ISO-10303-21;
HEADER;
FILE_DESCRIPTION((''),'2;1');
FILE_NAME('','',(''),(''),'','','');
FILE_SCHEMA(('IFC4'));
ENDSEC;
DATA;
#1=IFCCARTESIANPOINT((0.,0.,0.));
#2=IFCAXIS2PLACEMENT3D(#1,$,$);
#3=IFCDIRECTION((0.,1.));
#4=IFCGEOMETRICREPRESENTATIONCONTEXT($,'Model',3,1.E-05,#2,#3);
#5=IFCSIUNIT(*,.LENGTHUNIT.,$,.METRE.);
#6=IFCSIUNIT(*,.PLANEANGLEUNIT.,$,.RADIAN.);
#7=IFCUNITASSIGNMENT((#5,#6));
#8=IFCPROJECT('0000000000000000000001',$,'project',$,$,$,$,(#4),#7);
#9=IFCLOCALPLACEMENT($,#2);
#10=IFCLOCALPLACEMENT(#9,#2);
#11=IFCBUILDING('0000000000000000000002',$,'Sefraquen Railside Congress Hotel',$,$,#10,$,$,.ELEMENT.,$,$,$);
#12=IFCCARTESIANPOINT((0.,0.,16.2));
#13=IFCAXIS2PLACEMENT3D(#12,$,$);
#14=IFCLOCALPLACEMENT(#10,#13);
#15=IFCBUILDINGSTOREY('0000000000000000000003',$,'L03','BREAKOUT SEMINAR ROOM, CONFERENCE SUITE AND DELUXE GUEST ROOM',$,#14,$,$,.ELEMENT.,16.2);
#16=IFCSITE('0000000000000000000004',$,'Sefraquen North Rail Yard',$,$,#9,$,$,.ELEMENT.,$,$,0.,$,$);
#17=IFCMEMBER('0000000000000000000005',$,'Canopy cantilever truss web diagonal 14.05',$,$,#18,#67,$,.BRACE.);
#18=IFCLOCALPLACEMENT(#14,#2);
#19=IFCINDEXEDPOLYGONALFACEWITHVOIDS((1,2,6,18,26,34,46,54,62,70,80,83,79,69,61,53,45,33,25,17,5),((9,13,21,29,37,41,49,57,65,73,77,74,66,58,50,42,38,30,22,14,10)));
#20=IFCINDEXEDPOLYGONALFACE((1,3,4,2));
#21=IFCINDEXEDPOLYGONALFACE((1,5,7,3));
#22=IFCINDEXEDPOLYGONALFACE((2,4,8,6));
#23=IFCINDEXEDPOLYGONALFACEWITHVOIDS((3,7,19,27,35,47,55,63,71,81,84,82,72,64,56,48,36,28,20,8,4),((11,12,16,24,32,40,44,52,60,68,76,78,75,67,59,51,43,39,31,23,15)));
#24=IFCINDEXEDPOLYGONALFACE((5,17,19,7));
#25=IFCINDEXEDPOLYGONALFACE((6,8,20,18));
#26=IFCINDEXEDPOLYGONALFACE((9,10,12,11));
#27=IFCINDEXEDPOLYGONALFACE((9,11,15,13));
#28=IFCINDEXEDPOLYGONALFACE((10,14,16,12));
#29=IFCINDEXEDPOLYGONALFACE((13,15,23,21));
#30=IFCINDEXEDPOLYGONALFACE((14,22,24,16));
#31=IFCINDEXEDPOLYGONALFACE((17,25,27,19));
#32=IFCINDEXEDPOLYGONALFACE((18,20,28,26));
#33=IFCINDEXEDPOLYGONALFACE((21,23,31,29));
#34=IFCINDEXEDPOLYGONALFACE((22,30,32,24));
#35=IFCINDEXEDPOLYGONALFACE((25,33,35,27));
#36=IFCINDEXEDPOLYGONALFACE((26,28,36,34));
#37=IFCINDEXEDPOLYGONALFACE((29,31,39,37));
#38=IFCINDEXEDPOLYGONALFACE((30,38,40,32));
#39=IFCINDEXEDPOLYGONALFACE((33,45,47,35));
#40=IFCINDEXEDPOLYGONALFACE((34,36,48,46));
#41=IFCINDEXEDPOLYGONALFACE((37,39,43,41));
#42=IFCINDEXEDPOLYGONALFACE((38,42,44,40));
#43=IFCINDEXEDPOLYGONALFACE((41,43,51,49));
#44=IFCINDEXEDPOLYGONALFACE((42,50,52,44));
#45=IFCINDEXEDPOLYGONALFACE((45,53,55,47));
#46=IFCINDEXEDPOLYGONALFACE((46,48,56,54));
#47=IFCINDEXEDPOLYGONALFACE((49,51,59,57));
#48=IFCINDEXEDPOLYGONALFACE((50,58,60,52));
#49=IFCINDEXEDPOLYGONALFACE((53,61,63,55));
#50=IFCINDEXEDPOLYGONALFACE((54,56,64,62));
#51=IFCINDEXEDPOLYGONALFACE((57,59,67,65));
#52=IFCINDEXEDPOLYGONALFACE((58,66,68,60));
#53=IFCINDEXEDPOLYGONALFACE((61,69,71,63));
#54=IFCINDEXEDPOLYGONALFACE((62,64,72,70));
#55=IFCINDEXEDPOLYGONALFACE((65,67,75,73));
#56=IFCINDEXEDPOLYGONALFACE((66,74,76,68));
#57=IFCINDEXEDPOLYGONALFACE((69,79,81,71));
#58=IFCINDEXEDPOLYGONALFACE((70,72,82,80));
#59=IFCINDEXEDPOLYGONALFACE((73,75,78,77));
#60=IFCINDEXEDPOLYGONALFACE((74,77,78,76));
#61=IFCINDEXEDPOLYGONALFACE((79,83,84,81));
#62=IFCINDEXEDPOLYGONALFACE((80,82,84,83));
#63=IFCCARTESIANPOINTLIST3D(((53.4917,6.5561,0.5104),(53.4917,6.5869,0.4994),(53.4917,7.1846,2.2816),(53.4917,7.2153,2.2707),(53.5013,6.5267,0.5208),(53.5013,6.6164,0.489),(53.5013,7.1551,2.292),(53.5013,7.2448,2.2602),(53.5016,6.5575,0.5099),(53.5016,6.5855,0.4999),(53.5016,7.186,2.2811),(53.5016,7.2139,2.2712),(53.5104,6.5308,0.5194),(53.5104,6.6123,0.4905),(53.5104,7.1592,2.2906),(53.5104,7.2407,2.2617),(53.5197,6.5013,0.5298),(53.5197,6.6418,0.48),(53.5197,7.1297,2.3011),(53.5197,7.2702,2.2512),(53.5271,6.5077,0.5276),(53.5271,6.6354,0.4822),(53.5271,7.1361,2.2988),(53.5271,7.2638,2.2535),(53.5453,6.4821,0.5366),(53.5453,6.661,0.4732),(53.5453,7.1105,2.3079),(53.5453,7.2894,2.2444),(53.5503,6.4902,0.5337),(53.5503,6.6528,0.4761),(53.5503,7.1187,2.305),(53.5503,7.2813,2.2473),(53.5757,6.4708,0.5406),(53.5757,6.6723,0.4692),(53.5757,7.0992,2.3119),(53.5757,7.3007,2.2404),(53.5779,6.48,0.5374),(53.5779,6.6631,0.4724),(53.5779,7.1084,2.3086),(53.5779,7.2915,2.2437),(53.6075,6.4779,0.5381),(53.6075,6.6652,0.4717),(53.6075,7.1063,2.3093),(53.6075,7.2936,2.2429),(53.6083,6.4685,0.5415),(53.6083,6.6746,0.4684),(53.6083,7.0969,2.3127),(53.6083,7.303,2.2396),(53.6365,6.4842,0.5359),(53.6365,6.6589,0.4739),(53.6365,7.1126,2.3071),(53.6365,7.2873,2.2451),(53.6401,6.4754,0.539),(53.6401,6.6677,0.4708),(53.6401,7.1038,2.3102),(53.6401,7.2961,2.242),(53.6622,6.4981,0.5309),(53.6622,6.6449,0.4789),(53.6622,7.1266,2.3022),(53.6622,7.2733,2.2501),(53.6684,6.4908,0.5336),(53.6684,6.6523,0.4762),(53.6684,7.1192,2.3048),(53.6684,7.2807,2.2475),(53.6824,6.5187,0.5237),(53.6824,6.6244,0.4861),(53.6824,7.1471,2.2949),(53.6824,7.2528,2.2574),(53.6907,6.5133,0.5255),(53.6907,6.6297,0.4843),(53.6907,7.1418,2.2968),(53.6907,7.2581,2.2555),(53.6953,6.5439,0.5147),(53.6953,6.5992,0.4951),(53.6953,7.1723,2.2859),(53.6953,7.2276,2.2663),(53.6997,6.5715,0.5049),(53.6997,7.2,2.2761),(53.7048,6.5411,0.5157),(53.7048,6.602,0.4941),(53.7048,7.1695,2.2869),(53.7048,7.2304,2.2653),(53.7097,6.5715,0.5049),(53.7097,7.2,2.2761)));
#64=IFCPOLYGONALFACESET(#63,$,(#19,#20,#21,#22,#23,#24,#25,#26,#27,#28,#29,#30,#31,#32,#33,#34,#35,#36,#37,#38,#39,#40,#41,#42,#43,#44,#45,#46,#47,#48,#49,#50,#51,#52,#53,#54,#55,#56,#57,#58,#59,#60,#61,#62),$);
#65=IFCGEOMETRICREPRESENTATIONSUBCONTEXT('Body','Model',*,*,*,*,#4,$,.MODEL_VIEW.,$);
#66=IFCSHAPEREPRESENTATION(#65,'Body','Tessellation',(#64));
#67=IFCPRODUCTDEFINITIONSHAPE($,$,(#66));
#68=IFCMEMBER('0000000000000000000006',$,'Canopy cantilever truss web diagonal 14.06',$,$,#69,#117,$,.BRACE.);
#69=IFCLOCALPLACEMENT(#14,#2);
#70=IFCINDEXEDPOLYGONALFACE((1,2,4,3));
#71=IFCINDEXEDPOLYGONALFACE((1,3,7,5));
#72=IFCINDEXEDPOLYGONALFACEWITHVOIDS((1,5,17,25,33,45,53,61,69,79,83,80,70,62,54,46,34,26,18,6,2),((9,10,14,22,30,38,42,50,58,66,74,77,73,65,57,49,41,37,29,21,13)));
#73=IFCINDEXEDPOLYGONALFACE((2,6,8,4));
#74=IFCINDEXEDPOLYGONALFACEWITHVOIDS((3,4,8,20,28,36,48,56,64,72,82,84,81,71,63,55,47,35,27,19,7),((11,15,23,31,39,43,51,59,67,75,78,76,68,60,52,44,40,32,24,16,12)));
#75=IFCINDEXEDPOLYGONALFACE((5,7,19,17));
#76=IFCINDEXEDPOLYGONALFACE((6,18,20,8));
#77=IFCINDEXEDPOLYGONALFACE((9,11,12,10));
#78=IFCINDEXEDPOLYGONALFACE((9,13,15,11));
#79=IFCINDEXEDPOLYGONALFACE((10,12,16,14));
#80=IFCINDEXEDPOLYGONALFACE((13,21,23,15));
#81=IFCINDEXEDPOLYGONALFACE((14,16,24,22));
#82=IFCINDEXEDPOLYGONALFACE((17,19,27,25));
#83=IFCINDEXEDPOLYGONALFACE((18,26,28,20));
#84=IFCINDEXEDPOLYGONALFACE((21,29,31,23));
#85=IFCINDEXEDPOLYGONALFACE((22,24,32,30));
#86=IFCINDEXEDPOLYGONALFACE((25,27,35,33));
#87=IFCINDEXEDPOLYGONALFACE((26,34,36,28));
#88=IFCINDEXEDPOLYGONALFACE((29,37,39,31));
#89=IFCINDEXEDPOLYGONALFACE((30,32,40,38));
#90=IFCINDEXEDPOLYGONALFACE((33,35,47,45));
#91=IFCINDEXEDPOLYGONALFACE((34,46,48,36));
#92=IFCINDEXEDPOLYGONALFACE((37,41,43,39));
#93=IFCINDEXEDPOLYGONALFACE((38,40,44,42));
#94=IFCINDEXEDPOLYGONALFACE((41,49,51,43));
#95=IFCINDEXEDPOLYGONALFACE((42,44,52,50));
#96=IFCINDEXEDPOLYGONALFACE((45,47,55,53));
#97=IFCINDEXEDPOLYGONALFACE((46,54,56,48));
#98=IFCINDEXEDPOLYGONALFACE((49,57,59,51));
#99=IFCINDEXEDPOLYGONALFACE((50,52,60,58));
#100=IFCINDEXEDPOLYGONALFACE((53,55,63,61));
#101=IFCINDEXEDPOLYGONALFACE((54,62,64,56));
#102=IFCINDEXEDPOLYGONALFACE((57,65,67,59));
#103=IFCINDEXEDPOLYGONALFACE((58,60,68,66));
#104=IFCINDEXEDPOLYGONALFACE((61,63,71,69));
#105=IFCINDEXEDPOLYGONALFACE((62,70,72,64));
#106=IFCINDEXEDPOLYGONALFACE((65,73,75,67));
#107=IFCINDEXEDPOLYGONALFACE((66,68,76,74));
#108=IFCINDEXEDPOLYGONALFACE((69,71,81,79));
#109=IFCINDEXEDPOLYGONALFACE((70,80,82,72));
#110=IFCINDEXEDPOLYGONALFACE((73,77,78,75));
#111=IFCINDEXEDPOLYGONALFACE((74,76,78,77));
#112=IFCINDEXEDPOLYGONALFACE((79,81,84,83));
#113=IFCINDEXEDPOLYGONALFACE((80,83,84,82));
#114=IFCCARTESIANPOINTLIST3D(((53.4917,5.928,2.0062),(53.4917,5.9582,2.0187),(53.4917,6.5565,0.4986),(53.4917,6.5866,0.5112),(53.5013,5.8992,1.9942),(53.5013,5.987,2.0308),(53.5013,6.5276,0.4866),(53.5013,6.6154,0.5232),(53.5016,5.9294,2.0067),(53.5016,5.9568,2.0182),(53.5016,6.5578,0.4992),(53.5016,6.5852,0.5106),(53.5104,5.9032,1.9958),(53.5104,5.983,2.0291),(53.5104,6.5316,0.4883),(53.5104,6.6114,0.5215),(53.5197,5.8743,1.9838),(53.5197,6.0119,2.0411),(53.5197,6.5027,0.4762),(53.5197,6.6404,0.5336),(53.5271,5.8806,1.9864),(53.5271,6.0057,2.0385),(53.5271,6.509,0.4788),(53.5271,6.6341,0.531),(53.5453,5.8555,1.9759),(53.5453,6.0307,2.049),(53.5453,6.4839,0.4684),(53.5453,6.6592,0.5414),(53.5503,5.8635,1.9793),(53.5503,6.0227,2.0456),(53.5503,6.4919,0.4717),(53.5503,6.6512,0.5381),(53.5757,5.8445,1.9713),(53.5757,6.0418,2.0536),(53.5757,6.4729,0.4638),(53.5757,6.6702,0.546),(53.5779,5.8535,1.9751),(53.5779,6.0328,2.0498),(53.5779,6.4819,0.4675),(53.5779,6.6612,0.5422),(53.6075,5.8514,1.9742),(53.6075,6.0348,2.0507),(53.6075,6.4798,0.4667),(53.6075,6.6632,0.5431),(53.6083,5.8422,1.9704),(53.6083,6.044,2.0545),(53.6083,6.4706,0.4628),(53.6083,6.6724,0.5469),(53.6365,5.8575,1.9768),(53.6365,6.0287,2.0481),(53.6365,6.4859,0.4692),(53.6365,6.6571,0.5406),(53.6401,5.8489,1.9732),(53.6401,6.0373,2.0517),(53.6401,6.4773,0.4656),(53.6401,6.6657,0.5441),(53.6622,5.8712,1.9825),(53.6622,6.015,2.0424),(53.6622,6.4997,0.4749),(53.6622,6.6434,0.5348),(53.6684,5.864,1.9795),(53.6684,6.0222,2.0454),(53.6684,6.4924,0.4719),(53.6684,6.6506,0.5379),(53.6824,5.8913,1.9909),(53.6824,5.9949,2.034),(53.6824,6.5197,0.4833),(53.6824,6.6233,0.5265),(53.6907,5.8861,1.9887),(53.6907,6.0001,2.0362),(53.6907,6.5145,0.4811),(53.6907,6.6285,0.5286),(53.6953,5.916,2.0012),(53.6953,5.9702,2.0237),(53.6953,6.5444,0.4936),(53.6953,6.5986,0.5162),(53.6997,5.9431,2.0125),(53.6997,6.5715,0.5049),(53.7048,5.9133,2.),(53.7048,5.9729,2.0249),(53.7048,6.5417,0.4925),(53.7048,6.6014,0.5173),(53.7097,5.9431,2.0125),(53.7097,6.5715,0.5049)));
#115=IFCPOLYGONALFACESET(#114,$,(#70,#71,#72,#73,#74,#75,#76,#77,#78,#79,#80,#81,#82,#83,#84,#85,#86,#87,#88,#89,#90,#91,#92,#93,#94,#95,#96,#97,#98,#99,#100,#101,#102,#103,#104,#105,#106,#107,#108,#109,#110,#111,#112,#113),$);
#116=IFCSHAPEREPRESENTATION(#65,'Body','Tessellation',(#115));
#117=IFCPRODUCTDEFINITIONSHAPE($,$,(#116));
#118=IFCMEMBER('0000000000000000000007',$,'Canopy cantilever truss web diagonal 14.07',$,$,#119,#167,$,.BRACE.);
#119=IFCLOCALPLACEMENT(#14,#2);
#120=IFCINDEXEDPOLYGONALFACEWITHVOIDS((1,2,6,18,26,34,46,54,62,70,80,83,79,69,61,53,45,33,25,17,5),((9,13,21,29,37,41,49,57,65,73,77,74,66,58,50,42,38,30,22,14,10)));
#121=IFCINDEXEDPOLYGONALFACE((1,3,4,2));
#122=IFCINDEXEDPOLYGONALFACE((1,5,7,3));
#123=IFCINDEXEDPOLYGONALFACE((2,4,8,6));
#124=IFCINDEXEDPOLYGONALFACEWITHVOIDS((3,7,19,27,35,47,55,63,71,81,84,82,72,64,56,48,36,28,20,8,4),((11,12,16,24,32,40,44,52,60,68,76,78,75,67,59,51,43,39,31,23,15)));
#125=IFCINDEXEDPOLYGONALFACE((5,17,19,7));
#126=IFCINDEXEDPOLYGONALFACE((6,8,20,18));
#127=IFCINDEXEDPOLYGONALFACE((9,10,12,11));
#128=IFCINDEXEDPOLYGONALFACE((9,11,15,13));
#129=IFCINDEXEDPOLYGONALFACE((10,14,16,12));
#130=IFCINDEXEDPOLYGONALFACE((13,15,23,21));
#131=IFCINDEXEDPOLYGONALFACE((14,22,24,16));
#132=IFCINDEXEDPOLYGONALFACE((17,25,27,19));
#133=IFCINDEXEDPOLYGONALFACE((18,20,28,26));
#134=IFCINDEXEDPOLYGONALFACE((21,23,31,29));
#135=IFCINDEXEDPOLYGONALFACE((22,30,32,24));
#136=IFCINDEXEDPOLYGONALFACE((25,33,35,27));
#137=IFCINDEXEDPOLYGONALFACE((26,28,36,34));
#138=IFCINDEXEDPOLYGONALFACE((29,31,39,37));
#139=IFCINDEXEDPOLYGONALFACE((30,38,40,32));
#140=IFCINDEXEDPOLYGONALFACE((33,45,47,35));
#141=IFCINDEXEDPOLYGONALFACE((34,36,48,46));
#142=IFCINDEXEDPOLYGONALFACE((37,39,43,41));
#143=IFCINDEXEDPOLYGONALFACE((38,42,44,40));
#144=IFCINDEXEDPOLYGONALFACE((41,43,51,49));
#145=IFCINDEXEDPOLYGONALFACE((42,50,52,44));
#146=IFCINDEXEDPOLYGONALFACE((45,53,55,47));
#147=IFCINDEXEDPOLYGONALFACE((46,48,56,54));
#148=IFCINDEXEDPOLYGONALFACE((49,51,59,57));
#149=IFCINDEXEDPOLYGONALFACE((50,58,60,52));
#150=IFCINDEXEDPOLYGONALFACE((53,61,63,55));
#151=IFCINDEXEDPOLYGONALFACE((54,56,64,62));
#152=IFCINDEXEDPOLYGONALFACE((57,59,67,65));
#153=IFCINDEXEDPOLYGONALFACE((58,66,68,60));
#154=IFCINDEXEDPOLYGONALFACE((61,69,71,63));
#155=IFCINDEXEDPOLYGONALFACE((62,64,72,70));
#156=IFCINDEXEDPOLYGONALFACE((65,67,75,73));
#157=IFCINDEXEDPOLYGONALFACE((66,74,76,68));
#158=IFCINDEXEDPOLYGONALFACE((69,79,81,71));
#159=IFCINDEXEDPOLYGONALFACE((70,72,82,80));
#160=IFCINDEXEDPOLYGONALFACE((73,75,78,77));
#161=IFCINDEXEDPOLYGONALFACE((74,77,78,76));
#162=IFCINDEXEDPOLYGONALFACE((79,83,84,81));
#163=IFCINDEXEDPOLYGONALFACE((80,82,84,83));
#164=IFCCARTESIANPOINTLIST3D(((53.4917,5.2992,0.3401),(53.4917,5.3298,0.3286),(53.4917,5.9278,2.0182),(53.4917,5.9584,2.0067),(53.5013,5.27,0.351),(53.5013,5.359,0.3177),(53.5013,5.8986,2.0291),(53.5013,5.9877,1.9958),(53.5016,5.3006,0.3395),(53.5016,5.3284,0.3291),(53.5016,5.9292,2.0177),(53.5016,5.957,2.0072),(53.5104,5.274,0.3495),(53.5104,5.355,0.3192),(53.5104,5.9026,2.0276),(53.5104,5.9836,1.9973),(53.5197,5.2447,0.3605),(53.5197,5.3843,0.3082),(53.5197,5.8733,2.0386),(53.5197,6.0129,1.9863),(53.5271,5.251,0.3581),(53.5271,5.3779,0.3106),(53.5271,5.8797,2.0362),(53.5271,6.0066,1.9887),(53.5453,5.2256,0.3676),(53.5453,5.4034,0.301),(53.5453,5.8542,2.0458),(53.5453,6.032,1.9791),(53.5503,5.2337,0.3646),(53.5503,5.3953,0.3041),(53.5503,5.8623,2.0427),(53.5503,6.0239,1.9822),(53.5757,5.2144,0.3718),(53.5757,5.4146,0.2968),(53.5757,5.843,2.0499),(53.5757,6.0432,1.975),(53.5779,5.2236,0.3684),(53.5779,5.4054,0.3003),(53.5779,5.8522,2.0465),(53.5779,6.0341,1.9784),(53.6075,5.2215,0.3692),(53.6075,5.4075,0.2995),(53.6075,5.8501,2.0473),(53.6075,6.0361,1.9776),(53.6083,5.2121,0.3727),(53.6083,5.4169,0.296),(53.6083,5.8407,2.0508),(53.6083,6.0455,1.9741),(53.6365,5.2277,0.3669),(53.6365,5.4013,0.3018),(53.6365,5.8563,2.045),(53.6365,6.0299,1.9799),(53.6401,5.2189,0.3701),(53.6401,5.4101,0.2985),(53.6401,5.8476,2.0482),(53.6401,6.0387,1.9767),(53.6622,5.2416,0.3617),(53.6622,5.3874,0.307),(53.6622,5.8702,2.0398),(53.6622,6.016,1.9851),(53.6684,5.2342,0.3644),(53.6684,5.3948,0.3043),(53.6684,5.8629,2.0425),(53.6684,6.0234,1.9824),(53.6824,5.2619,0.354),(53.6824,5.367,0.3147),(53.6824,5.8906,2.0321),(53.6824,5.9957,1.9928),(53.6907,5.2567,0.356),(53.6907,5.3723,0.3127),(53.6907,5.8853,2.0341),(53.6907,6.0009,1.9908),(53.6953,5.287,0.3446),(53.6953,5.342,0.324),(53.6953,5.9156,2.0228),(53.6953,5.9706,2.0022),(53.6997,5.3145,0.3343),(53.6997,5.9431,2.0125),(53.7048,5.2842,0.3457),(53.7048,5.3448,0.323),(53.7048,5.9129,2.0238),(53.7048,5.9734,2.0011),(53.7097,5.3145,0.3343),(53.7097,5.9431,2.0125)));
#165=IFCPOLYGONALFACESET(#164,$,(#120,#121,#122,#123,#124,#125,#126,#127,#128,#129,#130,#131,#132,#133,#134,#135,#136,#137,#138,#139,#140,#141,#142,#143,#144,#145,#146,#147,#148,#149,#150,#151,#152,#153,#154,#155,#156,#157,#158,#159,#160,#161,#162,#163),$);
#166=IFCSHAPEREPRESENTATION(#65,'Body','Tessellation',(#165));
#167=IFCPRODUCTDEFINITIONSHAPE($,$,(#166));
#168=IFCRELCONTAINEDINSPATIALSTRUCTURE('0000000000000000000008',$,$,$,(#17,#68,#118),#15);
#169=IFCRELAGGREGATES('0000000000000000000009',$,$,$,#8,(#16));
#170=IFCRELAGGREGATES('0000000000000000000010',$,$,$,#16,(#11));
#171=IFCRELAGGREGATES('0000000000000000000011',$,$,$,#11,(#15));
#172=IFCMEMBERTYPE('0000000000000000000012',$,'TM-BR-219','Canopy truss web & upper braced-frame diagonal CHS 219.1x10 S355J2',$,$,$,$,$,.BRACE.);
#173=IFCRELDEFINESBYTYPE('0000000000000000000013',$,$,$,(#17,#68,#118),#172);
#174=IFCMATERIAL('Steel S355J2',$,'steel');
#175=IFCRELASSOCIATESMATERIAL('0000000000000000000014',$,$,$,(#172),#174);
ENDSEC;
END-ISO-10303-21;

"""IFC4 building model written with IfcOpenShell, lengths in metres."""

from ifc_helpers import new_model, si_unit, direction, frame, origin, origin_2d, place, context, subcontext, project, spatial, hollow_circle, extrude, material, material_profile, profile_set, type_object, element, save


model = new_model("IFC4")

# Units and contexts
model_context = context("Model", 3, precision=1e-05, world=origin(), true_north=direction((0.0, 1.0)))
body_context = subcontext(model_context, "Body", "Model", "MODEL_VIEW")
ifc_project = project(units=[si_unit("LENGTHUNIT", "METRE"), si_unit("PLANEANGLEUNIT", "RADIAN")], contexts=[model_context])

# Site, building, storey
site_placement = place(None, origin())
site = spatial("IfcSite", under=ifc_project, at=site_placement, Name="Sefraquen North Rail Yard", CompositionType="ELEMENT", RefElevation=0.0)
building_placement = place(site_placement, origin())
building = spatial("IfcBuilding", under=site, at=building_placement, Name="Sefraquen Railside Congress Hotel", CompositionType="ELEMENT")
storey_placement = place(building_placement, frame((0.0, 0.0, 16.2)))
storey = spatial("IfcBuildingStorey", under=building, at=storey_placement, Name="L03", Description="BREAKOUT SEMINAR ROOM, CONFERENCE SUITE AND DELUXE GUEST ROOM", CompositionType="ELEMENT", Elevation=16.2)

# Members
ifc_material_1 = material(Name="Steel S355J2", Category="steel")
ifc_material_profile_1 = material_profile(ifc_material_1, hollow_circle(Radius=0.1096, WallThickness=0.01, at=origin_2d()), Name="CHS 219.1x10")
ifc_profile_set_1 = profile_set([ifc_material_profile_1], Name="Steel S355J2")
member_type_1 = type_object("IfcMemberType", Name="TM-BR-219", Description="Canopy truss web & upper braced-frame diagonal CHS 219.1x10 S355J2", PredefinedType="BRACE", material=ifc_profile_set_1)
member_1_placement = place(storey_placement, frame((53.6001, 7.2, 2.2761), z_axis=(0.0, -0.334369, -0.942442), x_axis=(1.0, 0.0, 0.0)))
element("IfcMember", 1, at=member_1_placement, inside=storey, type_object=member_type_1, Name="Canopy cantilever truss web diagonal 14.05", PredefinedType="BRACE", context=body_context, shape_type="SweptSolid", body=[
    extrude(hollow_circle(Radius=0.1096, WallThickness=0.01, at=origin_2d()), origin(), (0.0, 0.0, 1.0), 1.8794),
])
member_2_placement = place(storey_placement, frame((53.6001, 6.5715, 0.5049), z_axis=(0.0, -0.384753, 0.923019), x_axis=(1.0, 0.0, 0.0)))
element("IfcMember", 2, at=member_2_placement, inside=storey, type_object=member_type_1, Name="Canopy cantilever truss web diagonal 14.06", PredefinedType="BRACE", context=body_context, shape_type="SweptSolid", body=[
    extrude(hollow_circle(Radius=0.1096, WallThickness=0.01, at=origin_2d()), origin(), (0.0, 0.0, 1.0), 1.6333),
])
member_3_placement = place(storey_placement, frame((53.6001, 5.9431, 2.0125), z_axis=(0.0, -0.350795, -0.936452), x_axis=(1.0, 0.0, 0.0)))
element("IfcMember", 3, at=member_3_placement, inside=storey, type_object=member_type_1, Name="Canopy cantilever truss web diagonal 14.07", PredefinedType="BRACE", context=body_context, shape_type="SweptSolid", body=[
    extrude(hollow_circle(Radius=0.1096, WallThickness=0.01, at=origin_2d()), origin(), (0.0, 0.0, 1.0), 1.792),
])

save(model, "model.ifc")
